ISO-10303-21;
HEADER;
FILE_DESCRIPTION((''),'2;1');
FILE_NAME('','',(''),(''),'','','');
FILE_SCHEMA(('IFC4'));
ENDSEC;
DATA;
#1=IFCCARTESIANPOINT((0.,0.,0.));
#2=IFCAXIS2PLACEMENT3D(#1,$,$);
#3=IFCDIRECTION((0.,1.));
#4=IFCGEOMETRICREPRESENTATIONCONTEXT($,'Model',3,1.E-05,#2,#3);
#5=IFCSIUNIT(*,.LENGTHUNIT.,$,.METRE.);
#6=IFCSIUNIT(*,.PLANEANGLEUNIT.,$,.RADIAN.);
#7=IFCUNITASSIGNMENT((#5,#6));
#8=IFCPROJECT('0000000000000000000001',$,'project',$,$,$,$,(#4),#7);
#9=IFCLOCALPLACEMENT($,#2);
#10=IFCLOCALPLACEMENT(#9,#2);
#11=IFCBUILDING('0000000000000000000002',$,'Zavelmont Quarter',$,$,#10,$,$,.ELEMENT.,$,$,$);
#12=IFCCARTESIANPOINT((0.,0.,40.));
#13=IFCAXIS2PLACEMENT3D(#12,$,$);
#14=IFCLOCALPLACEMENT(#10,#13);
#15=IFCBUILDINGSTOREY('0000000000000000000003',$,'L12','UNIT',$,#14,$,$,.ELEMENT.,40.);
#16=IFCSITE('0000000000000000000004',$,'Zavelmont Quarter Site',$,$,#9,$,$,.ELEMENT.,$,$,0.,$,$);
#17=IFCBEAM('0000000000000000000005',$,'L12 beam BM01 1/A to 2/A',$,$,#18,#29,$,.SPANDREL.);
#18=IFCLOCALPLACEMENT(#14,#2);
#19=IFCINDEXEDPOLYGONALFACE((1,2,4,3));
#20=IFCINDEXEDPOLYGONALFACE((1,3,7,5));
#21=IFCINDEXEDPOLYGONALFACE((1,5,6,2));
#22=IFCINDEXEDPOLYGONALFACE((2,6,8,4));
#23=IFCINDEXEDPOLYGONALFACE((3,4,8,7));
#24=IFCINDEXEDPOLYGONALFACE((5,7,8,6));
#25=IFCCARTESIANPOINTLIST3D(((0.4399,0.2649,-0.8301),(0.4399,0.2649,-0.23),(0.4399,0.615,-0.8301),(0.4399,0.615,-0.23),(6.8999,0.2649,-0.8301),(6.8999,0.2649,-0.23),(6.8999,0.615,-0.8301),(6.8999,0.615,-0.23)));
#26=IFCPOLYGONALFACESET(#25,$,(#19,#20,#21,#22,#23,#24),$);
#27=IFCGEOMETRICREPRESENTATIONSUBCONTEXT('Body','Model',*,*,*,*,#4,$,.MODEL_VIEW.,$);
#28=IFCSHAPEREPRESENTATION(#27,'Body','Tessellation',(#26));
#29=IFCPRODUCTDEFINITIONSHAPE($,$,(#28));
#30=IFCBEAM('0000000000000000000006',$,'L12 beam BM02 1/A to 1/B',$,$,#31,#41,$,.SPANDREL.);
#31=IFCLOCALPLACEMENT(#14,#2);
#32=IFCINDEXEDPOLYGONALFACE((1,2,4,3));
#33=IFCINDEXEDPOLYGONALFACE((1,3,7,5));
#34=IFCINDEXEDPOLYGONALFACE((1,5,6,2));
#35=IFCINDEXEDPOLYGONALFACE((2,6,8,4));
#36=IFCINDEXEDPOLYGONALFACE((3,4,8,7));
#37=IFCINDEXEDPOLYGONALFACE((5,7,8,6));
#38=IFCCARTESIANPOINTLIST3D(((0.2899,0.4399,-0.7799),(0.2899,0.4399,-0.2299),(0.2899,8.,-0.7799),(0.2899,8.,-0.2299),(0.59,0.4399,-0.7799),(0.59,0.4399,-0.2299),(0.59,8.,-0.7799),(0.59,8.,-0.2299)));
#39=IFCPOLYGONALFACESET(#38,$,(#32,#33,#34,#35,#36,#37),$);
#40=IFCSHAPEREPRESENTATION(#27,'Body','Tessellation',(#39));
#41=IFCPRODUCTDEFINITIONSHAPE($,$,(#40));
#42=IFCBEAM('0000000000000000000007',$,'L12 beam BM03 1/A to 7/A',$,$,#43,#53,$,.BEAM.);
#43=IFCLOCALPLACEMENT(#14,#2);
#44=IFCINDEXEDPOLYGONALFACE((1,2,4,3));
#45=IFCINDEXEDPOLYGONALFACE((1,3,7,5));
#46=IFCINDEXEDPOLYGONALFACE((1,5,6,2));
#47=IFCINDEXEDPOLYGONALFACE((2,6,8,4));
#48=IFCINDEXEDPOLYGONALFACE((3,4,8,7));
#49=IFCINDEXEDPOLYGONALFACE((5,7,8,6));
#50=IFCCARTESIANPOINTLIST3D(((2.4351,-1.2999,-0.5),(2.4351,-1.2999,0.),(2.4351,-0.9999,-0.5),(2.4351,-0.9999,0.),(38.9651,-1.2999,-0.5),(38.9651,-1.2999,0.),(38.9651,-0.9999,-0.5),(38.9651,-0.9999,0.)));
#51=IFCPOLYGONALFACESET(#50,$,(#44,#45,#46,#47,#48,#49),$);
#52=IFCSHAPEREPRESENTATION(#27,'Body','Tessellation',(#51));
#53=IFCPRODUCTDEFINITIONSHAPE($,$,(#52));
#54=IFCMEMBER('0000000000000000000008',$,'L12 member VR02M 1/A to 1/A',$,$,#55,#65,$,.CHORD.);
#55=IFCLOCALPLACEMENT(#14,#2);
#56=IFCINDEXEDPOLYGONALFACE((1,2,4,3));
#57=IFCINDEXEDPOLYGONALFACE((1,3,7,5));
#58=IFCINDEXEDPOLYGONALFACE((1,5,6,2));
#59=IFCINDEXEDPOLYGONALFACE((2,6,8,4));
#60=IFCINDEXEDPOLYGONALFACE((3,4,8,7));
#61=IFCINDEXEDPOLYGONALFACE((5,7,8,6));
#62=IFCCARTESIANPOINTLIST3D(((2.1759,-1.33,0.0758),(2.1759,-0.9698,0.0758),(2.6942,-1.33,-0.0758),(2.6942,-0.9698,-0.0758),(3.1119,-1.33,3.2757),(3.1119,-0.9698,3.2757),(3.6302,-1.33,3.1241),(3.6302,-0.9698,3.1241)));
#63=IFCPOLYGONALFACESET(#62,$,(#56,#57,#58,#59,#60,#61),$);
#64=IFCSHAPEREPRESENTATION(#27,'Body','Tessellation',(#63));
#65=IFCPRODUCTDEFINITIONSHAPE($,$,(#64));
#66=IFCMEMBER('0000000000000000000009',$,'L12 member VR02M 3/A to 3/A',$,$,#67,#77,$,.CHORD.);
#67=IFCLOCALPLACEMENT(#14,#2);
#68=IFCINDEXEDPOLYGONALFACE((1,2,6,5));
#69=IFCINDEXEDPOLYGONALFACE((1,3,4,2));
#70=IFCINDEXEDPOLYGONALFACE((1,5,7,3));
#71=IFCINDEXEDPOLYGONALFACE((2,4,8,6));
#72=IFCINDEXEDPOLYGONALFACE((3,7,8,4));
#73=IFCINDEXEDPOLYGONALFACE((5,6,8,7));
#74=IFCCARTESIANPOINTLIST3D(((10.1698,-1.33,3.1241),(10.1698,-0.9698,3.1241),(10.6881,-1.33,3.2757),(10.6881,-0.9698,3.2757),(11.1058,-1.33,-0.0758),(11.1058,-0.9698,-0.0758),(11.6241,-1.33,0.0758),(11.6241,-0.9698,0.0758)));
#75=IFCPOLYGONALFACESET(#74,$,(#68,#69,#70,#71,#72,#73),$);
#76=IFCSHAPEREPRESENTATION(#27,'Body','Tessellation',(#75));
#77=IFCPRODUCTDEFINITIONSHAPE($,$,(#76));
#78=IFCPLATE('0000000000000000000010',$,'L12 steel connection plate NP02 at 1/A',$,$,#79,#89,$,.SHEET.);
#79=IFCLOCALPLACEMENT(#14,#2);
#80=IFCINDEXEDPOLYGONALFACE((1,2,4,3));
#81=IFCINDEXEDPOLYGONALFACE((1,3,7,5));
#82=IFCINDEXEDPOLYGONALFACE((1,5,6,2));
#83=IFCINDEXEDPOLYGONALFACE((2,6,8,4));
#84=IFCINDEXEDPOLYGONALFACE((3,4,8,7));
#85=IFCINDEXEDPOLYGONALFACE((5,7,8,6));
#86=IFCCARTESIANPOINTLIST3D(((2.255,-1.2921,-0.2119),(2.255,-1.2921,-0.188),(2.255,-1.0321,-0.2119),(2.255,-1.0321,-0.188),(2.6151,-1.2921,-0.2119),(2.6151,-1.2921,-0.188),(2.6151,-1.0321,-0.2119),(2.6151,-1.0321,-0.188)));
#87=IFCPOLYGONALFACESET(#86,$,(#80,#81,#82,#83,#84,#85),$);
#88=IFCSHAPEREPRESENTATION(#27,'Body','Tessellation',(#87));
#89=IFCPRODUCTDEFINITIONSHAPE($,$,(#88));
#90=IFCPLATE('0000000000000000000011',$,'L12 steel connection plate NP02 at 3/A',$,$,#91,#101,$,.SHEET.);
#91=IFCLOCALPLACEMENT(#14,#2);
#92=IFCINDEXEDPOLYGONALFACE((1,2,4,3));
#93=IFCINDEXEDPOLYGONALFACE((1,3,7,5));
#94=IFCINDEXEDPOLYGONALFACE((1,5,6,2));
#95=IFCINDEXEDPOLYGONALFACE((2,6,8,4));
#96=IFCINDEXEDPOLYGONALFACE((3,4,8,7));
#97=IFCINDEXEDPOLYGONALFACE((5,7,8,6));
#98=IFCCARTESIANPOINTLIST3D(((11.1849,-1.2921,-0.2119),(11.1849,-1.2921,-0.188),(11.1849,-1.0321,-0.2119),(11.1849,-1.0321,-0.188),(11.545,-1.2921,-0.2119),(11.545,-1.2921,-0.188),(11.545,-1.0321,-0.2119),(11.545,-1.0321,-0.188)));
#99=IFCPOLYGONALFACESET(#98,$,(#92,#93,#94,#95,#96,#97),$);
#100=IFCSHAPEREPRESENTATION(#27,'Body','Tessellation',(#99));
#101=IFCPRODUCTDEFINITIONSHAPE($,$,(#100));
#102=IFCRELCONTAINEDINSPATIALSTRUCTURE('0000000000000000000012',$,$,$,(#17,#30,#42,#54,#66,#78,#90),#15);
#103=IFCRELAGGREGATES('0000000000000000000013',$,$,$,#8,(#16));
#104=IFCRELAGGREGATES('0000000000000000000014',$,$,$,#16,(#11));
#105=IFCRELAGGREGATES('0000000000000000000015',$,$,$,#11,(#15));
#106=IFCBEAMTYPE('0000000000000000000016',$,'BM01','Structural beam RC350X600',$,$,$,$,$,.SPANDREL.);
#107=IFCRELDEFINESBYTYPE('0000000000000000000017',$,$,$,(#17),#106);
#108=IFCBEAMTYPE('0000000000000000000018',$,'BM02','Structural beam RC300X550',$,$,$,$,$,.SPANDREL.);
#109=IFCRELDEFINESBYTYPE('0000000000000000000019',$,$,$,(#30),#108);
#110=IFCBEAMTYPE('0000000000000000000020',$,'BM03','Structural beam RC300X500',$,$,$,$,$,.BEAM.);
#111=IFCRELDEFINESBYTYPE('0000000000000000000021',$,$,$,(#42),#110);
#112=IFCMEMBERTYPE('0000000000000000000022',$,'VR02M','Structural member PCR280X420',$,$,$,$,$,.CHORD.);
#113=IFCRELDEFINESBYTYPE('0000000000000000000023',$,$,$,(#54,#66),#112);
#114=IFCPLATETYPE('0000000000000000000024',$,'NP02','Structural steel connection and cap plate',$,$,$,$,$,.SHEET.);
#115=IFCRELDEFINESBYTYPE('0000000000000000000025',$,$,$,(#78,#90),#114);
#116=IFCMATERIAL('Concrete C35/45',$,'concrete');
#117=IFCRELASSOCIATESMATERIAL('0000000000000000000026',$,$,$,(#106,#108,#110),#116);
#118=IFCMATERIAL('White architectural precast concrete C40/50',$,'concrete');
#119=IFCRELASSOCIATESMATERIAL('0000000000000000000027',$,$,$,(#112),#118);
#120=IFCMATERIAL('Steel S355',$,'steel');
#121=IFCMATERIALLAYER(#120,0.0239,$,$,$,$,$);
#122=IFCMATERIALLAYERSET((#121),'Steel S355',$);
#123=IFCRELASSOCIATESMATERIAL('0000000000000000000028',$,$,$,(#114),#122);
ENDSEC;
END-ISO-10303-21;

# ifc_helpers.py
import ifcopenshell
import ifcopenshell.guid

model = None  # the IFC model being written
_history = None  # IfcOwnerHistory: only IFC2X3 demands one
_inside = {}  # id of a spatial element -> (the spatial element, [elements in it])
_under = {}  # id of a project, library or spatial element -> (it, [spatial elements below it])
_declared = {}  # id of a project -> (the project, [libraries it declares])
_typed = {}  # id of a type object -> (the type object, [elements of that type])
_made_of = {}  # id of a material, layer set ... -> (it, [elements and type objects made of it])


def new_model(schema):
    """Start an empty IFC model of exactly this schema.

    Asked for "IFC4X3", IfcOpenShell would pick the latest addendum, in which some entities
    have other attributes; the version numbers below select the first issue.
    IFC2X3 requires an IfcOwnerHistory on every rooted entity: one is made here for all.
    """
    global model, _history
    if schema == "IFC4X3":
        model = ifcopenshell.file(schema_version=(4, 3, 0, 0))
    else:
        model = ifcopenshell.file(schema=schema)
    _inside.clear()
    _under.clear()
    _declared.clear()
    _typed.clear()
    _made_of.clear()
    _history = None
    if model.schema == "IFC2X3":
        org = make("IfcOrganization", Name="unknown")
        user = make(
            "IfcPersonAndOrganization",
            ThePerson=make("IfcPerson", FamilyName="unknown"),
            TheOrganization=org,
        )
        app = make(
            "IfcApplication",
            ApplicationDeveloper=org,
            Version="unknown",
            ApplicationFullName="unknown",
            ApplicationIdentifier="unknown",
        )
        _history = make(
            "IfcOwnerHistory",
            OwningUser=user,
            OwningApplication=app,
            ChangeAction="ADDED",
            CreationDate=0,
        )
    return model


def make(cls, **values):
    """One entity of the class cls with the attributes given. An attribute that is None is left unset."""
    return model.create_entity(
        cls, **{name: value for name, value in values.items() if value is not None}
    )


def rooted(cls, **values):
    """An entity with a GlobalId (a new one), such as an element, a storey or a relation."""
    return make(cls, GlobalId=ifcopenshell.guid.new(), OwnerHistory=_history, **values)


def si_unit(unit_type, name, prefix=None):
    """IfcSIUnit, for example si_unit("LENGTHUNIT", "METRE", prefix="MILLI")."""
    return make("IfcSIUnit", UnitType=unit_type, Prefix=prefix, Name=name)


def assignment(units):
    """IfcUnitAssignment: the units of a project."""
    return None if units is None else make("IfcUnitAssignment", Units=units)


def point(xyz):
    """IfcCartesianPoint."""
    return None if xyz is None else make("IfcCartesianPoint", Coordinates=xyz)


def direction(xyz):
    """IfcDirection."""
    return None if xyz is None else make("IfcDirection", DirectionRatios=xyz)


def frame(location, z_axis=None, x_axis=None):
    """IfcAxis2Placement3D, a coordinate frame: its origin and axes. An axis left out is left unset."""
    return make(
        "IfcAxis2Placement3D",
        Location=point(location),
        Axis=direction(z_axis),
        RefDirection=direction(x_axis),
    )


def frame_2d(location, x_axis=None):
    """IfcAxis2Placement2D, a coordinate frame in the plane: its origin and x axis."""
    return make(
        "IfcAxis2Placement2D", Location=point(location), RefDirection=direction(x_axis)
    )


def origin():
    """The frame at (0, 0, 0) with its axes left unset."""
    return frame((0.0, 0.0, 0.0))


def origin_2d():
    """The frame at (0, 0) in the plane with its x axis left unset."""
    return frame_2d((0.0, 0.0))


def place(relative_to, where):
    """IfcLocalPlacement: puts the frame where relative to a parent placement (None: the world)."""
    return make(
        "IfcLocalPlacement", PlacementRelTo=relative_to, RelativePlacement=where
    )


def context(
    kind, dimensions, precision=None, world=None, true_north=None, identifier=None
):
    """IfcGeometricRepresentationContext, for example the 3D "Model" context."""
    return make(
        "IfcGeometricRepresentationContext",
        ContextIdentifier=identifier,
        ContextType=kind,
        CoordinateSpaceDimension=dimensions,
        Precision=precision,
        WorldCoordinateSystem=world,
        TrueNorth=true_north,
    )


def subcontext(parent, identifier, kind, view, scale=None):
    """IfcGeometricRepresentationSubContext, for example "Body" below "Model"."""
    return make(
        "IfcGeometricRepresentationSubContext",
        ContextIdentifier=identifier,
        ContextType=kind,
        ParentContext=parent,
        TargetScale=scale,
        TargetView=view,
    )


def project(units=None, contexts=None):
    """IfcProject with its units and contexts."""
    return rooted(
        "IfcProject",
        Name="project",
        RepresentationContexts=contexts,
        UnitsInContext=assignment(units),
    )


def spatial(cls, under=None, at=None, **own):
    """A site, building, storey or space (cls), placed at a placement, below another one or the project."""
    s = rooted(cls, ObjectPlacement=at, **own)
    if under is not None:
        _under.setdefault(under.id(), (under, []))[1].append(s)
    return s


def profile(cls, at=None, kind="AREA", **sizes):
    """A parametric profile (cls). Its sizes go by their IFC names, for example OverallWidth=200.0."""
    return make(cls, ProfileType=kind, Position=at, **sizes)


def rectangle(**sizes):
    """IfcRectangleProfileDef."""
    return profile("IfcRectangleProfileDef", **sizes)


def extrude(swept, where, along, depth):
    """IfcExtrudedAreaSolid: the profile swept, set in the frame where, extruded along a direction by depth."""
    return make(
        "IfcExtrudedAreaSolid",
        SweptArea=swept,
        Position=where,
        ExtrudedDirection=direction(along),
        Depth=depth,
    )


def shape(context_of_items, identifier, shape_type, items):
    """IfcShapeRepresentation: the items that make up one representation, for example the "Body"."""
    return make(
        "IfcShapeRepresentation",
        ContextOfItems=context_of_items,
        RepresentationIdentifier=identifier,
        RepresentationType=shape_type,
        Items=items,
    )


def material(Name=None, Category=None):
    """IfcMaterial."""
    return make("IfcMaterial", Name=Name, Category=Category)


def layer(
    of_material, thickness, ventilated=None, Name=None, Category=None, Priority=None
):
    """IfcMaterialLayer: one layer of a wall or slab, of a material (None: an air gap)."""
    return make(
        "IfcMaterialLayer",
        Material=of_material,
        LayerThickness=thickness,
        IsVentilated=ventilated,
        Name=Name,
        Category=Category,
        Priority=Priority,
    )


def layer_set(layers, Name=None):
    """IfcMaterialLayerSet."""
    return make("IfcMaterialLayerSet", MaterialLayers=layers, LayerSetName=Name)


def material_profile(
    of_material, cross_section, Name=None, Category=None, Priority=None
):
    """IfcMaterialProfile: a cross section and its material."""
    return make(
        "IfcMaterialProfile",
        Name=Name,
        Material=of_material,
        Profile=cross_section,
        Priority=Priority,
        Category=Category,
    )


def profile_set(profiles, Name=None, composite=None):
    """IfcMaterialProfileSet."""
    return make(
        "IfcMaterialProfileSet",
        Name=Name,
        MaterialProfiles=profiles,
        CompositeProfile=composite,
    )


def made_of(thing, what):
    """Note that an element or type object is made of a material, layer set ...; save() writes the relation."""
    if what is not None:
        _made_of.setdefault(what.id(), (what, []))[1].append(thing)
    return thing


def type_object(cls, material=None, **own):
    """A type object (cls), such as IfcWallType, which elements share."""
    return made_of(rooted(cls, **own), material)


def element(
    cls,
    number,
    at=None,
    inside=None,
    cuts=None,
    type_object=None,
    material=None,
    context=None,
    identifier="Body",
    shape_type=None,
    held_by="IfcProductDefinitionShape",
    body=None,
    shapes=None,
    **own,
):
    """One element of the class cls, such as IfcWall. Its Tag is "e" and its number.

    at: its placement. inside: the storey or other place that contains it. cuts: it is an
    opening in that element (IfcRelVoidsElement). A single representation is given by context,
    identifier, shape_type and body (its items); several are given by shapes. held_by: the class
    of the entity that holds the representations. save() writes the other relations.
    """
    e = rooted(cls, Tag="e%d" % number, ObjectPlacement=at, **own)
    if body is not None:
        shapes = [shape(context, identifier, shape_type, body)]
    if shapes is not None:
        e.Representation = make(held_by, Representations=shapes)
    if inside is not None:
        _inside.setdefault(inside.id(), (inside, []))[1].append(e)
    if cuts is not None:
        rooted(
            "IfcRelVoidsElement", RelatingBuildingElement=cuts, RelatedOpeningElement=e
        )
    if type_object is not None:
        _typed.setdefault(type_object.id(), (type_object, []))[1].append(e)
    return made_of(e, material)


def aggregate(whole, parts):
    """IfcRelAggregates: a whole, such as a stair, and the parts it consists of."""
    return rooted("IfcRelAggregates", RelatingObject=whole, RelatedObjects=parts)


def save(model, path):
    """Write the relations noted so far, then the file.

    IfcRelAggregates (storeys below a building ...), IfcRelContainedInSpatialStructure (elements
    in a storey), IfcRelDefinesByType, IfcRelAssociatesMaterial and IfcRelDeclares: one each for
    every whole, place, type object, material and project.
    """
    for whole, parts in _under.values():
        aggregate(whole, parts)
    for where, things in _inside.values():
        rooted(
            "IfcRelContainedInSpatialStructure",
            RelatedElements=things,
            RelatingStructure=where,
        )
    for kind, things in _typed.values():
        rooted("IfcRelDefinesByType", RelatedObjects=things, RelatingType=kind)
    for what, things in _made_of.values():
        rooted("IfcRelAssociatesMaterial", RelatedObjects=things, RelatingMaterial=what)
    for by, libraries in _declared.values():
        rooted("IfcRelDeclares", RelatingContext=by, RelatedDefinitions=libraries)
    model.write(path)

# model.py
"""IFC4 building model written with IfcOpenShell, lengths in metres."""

from ifc_helpers import new_model, si_unit, direction, frame, origin, origin_2d, place, context, subcontext, project, spatial, rectangle, extrude, material, layer, layer_set, material_profile, profile_set, type_object, element, save


model = new_model("IFC4")

# Units and contexts
model_context = context("Model", 3, precision=1e-05, world=origin(), true_north=direction((0.0, 1.0)))
body_context = subcontext(model_context, "Body", "Model", "MODEL_VIEW")
ifc_project = project(units=[si_unit("LENGTHUNIT", "METRE"), si_unit("PLANEANGLEUNIT", "RADIAN")], contexts=[model_context])

# Site, building, storey
site_placement = place(None, origin())
site = spatial("IfcSite", under=ifc_project, at=site_placement, Name="Zavelmont Quarter Site", CompositionType="ELEMENT", RefElevation=0.0)
building_placement = place(site_placement, origin())
building = spatial("IfcBuilding", under=site, at=building_placement, Name="Zavelmont Quarter", CompositionType="ELEMENT")
storey_placement = place(building_placement, frame((0.0, 0.0, 40.0)))
storey = spatial("IfcBuildingStorey", under=building, at=storey_placement, Name="L12", Description="UNIT", CompositionType="ELEMENT", Elevation=40.0)

# Beams
ifc_material_1 = material(Name="Concrete C35/45", Category="concrete")
ifc_material_profile_1 = material_profile(ifc_material_1, rectangle(XDim=0.3501, YDim=0.6001, at=origin_2d()), Name="RC350X600")
ifc_profile_set_1 = profile_set([ifc_material_profile_1], Name="Concrete C35/45")
beam_type_1 = type_object("IfcBeamType", Name="BM01", Description="Structural beam RC350X600", PredefinedType="SPANDREL", material=ifc_profile_set_1)
beam_1_placement = place(storey_placement, frame((0.4399, 0.4399, -0.53), z_axis=(1.0, 0.0, 0.0), x_axis=(0.0, 1.0, 0.0)))
element("IfcBeam", 1, at=beam_1_placement, inside=storey, type_object=beam_type_1, Name="L12 beam BM01 1/A to 2/A", PredefinedType="SPANDREL", context=body_context, shape_type="SweptSolid", body=[
    extrude(rectangle(XDim=0.3501, YDim=0.6001, at=origin_2d()), origin(), (0.0, 0.0, 1.0), 6.46),
])
ifc_material_profile_2 = material_profile(ifc_material_1, rectangle(XDim=0.3, YDim=0.55, at=origin_2d()), Name="RC300X550")
ifc_profile_set_2 = profile_set([ifc_material_profile_2], Name="Concrete C35/45")
beam_type_2 = type_object("IfcBeamType", Name="BM02", Description="Structural beam RC300X550", PredefinedType="SPANDREL", material=ifc_profile_set_2)
beam_2_placement = place(storey_placement, frame((0.4399, 0.4399, -0.5049), z_axis=(0.0, 1.0, 0.0), x_axis=(-1.0, 0.0, 0.0)))
element("IfcBeam", 2, at=beam_2_placement, inside=storey, type_object=beam_type_2, Name="L12 beam BM02 1/A to 1/B", PredefinedType="SPANDREL", context=body_context, shape_type="SweptSolid", body=[
    extrude(rectangle(XDim=0.3, YDim=0.55, at=origin_2d()), origin(), (0.0, 0.0, 1.0), 7.5601),
])
ifc_material_profile_3 = material_profile(ifc_material_1, rectangle(XDim=0.3, YDim=0.5, at=origin_2d()), Name="RC300X500")
ifc_profile_set_3 = profile_set([ifc_material_profile_3], Name="Concrete C35/45")
beam_type_3 = type_object("IfcBeamType", Name="BM03", Description="Structural beam RC300X500", PredefinedType="BEAM", material=ifc_profile_set_3)
beam_3_placement = place(storey_placement, frame((2.4351, -1.1499, -0.25), z_axis=(1.0, 0.0, 0.0), x_axis=(0.0, 1.0, 0.0)))
element("IfcBeam", 3, at=beam_3_placement, inside=storey, type_object=beam_type_3, Name="L12 beam BM03 1/A to 7/A", PredefinedType="BEAM", context=body_context, shape_type="SweptSolid", body=[
    extrude(rectangle(XDim=0.3, YDim=0.5, at=origin_2d()), origin(), (0.0, 0.0, 1.0), 36.53),
])

# Members
ifc_material_2 = material(Name="White architectural precast concrete C40/50", Category="concrete")
ifc_material_profile_4 = material_profile(ifc_material_2, rectangle(XDim=0.3601, YDim=0.54, at=origin_2d()), Name="PCR280X420")
ifc_profile_set_4 = profile_set([ifc_material_profile_4], Name="White architectural precast concrete C40/50")
member_type = type_object("IfcMemberType", Name="VR02M", Description="Structural member PCR280X420", PredefinedType="CHORD", material=ifc_profile_set_4)
for number, where, z_axis, x_axis, name in (
    (4, (2.4351, -1.1499, 0.0), (0.280751, 0.0, 0.959781), (0.0, 1.0, 0.0), "L12 member VR02M 1/A to 1/A"),
    (5, (11.365, -1.1499, 0.0), (-0.280751, 0.0, 0.959781), (0.0, -1.0, 0.0), "L12 member VR02M 3/A to 3/A"),
):
    element("IfcMember", number, at=place(storey_placement, frame(where, z_axis=z_axis, x_axis=x_axis)), inside=storey, type_object=member_type, Name=name, PredefinedType="CHORD", context=body_context, shape_type="SweptSolid", body=[
        extrude(rectangle(XDim=0.3601, YDim=0.54, at=origin_2d()), origin(), (0.0, 0.0, 1.0), 3.334),
    ])

# Plates
ifc_material_3 = material(Name="Steel S355", Category="steel")
ifc_layer = layer(ifc_material_3, 0.0239)
ifc_layer_set = layer_set([ifc_layer], Name="Steel S355")
plate_type = type_object("IfcPlateType", Name="NP02", Description="Structural steel connection and cap plate", PredefinedType="SHEET", material=ifc_layer_set)
for number, where, z_axis, x_axis, name in (
    (6, (2.4351, -1.1621, -0.2119), (0.0, 0.0, 1.0), (1.0, 0.0, 0.0), "L12 steel connection plate NP02 at 1/A"),
    (7, (11.365, -1.1621, -0.2119), (0.0, 0.0, 1.0), (1.0, 0.0, 0.0), "L12 steel connection plate NP02 at 3/A"),
):
    element("IfcPlate", number, at=place(storey_placement, frame(where, z_axis=z_axis, x_axis=x_axis)), inside=storey, type_object=plate_type, Name=name, PredefinedType="SHEET", context=body_context, shape_type="SweptSolid", body=[
        extrude(rectangle(XDim=0.3601, YDim=0.26, at=origin_2d()), origin(), (0.0, 0.0, 1.0), 0.0239),
    ])

save(model, "model.ifc")
